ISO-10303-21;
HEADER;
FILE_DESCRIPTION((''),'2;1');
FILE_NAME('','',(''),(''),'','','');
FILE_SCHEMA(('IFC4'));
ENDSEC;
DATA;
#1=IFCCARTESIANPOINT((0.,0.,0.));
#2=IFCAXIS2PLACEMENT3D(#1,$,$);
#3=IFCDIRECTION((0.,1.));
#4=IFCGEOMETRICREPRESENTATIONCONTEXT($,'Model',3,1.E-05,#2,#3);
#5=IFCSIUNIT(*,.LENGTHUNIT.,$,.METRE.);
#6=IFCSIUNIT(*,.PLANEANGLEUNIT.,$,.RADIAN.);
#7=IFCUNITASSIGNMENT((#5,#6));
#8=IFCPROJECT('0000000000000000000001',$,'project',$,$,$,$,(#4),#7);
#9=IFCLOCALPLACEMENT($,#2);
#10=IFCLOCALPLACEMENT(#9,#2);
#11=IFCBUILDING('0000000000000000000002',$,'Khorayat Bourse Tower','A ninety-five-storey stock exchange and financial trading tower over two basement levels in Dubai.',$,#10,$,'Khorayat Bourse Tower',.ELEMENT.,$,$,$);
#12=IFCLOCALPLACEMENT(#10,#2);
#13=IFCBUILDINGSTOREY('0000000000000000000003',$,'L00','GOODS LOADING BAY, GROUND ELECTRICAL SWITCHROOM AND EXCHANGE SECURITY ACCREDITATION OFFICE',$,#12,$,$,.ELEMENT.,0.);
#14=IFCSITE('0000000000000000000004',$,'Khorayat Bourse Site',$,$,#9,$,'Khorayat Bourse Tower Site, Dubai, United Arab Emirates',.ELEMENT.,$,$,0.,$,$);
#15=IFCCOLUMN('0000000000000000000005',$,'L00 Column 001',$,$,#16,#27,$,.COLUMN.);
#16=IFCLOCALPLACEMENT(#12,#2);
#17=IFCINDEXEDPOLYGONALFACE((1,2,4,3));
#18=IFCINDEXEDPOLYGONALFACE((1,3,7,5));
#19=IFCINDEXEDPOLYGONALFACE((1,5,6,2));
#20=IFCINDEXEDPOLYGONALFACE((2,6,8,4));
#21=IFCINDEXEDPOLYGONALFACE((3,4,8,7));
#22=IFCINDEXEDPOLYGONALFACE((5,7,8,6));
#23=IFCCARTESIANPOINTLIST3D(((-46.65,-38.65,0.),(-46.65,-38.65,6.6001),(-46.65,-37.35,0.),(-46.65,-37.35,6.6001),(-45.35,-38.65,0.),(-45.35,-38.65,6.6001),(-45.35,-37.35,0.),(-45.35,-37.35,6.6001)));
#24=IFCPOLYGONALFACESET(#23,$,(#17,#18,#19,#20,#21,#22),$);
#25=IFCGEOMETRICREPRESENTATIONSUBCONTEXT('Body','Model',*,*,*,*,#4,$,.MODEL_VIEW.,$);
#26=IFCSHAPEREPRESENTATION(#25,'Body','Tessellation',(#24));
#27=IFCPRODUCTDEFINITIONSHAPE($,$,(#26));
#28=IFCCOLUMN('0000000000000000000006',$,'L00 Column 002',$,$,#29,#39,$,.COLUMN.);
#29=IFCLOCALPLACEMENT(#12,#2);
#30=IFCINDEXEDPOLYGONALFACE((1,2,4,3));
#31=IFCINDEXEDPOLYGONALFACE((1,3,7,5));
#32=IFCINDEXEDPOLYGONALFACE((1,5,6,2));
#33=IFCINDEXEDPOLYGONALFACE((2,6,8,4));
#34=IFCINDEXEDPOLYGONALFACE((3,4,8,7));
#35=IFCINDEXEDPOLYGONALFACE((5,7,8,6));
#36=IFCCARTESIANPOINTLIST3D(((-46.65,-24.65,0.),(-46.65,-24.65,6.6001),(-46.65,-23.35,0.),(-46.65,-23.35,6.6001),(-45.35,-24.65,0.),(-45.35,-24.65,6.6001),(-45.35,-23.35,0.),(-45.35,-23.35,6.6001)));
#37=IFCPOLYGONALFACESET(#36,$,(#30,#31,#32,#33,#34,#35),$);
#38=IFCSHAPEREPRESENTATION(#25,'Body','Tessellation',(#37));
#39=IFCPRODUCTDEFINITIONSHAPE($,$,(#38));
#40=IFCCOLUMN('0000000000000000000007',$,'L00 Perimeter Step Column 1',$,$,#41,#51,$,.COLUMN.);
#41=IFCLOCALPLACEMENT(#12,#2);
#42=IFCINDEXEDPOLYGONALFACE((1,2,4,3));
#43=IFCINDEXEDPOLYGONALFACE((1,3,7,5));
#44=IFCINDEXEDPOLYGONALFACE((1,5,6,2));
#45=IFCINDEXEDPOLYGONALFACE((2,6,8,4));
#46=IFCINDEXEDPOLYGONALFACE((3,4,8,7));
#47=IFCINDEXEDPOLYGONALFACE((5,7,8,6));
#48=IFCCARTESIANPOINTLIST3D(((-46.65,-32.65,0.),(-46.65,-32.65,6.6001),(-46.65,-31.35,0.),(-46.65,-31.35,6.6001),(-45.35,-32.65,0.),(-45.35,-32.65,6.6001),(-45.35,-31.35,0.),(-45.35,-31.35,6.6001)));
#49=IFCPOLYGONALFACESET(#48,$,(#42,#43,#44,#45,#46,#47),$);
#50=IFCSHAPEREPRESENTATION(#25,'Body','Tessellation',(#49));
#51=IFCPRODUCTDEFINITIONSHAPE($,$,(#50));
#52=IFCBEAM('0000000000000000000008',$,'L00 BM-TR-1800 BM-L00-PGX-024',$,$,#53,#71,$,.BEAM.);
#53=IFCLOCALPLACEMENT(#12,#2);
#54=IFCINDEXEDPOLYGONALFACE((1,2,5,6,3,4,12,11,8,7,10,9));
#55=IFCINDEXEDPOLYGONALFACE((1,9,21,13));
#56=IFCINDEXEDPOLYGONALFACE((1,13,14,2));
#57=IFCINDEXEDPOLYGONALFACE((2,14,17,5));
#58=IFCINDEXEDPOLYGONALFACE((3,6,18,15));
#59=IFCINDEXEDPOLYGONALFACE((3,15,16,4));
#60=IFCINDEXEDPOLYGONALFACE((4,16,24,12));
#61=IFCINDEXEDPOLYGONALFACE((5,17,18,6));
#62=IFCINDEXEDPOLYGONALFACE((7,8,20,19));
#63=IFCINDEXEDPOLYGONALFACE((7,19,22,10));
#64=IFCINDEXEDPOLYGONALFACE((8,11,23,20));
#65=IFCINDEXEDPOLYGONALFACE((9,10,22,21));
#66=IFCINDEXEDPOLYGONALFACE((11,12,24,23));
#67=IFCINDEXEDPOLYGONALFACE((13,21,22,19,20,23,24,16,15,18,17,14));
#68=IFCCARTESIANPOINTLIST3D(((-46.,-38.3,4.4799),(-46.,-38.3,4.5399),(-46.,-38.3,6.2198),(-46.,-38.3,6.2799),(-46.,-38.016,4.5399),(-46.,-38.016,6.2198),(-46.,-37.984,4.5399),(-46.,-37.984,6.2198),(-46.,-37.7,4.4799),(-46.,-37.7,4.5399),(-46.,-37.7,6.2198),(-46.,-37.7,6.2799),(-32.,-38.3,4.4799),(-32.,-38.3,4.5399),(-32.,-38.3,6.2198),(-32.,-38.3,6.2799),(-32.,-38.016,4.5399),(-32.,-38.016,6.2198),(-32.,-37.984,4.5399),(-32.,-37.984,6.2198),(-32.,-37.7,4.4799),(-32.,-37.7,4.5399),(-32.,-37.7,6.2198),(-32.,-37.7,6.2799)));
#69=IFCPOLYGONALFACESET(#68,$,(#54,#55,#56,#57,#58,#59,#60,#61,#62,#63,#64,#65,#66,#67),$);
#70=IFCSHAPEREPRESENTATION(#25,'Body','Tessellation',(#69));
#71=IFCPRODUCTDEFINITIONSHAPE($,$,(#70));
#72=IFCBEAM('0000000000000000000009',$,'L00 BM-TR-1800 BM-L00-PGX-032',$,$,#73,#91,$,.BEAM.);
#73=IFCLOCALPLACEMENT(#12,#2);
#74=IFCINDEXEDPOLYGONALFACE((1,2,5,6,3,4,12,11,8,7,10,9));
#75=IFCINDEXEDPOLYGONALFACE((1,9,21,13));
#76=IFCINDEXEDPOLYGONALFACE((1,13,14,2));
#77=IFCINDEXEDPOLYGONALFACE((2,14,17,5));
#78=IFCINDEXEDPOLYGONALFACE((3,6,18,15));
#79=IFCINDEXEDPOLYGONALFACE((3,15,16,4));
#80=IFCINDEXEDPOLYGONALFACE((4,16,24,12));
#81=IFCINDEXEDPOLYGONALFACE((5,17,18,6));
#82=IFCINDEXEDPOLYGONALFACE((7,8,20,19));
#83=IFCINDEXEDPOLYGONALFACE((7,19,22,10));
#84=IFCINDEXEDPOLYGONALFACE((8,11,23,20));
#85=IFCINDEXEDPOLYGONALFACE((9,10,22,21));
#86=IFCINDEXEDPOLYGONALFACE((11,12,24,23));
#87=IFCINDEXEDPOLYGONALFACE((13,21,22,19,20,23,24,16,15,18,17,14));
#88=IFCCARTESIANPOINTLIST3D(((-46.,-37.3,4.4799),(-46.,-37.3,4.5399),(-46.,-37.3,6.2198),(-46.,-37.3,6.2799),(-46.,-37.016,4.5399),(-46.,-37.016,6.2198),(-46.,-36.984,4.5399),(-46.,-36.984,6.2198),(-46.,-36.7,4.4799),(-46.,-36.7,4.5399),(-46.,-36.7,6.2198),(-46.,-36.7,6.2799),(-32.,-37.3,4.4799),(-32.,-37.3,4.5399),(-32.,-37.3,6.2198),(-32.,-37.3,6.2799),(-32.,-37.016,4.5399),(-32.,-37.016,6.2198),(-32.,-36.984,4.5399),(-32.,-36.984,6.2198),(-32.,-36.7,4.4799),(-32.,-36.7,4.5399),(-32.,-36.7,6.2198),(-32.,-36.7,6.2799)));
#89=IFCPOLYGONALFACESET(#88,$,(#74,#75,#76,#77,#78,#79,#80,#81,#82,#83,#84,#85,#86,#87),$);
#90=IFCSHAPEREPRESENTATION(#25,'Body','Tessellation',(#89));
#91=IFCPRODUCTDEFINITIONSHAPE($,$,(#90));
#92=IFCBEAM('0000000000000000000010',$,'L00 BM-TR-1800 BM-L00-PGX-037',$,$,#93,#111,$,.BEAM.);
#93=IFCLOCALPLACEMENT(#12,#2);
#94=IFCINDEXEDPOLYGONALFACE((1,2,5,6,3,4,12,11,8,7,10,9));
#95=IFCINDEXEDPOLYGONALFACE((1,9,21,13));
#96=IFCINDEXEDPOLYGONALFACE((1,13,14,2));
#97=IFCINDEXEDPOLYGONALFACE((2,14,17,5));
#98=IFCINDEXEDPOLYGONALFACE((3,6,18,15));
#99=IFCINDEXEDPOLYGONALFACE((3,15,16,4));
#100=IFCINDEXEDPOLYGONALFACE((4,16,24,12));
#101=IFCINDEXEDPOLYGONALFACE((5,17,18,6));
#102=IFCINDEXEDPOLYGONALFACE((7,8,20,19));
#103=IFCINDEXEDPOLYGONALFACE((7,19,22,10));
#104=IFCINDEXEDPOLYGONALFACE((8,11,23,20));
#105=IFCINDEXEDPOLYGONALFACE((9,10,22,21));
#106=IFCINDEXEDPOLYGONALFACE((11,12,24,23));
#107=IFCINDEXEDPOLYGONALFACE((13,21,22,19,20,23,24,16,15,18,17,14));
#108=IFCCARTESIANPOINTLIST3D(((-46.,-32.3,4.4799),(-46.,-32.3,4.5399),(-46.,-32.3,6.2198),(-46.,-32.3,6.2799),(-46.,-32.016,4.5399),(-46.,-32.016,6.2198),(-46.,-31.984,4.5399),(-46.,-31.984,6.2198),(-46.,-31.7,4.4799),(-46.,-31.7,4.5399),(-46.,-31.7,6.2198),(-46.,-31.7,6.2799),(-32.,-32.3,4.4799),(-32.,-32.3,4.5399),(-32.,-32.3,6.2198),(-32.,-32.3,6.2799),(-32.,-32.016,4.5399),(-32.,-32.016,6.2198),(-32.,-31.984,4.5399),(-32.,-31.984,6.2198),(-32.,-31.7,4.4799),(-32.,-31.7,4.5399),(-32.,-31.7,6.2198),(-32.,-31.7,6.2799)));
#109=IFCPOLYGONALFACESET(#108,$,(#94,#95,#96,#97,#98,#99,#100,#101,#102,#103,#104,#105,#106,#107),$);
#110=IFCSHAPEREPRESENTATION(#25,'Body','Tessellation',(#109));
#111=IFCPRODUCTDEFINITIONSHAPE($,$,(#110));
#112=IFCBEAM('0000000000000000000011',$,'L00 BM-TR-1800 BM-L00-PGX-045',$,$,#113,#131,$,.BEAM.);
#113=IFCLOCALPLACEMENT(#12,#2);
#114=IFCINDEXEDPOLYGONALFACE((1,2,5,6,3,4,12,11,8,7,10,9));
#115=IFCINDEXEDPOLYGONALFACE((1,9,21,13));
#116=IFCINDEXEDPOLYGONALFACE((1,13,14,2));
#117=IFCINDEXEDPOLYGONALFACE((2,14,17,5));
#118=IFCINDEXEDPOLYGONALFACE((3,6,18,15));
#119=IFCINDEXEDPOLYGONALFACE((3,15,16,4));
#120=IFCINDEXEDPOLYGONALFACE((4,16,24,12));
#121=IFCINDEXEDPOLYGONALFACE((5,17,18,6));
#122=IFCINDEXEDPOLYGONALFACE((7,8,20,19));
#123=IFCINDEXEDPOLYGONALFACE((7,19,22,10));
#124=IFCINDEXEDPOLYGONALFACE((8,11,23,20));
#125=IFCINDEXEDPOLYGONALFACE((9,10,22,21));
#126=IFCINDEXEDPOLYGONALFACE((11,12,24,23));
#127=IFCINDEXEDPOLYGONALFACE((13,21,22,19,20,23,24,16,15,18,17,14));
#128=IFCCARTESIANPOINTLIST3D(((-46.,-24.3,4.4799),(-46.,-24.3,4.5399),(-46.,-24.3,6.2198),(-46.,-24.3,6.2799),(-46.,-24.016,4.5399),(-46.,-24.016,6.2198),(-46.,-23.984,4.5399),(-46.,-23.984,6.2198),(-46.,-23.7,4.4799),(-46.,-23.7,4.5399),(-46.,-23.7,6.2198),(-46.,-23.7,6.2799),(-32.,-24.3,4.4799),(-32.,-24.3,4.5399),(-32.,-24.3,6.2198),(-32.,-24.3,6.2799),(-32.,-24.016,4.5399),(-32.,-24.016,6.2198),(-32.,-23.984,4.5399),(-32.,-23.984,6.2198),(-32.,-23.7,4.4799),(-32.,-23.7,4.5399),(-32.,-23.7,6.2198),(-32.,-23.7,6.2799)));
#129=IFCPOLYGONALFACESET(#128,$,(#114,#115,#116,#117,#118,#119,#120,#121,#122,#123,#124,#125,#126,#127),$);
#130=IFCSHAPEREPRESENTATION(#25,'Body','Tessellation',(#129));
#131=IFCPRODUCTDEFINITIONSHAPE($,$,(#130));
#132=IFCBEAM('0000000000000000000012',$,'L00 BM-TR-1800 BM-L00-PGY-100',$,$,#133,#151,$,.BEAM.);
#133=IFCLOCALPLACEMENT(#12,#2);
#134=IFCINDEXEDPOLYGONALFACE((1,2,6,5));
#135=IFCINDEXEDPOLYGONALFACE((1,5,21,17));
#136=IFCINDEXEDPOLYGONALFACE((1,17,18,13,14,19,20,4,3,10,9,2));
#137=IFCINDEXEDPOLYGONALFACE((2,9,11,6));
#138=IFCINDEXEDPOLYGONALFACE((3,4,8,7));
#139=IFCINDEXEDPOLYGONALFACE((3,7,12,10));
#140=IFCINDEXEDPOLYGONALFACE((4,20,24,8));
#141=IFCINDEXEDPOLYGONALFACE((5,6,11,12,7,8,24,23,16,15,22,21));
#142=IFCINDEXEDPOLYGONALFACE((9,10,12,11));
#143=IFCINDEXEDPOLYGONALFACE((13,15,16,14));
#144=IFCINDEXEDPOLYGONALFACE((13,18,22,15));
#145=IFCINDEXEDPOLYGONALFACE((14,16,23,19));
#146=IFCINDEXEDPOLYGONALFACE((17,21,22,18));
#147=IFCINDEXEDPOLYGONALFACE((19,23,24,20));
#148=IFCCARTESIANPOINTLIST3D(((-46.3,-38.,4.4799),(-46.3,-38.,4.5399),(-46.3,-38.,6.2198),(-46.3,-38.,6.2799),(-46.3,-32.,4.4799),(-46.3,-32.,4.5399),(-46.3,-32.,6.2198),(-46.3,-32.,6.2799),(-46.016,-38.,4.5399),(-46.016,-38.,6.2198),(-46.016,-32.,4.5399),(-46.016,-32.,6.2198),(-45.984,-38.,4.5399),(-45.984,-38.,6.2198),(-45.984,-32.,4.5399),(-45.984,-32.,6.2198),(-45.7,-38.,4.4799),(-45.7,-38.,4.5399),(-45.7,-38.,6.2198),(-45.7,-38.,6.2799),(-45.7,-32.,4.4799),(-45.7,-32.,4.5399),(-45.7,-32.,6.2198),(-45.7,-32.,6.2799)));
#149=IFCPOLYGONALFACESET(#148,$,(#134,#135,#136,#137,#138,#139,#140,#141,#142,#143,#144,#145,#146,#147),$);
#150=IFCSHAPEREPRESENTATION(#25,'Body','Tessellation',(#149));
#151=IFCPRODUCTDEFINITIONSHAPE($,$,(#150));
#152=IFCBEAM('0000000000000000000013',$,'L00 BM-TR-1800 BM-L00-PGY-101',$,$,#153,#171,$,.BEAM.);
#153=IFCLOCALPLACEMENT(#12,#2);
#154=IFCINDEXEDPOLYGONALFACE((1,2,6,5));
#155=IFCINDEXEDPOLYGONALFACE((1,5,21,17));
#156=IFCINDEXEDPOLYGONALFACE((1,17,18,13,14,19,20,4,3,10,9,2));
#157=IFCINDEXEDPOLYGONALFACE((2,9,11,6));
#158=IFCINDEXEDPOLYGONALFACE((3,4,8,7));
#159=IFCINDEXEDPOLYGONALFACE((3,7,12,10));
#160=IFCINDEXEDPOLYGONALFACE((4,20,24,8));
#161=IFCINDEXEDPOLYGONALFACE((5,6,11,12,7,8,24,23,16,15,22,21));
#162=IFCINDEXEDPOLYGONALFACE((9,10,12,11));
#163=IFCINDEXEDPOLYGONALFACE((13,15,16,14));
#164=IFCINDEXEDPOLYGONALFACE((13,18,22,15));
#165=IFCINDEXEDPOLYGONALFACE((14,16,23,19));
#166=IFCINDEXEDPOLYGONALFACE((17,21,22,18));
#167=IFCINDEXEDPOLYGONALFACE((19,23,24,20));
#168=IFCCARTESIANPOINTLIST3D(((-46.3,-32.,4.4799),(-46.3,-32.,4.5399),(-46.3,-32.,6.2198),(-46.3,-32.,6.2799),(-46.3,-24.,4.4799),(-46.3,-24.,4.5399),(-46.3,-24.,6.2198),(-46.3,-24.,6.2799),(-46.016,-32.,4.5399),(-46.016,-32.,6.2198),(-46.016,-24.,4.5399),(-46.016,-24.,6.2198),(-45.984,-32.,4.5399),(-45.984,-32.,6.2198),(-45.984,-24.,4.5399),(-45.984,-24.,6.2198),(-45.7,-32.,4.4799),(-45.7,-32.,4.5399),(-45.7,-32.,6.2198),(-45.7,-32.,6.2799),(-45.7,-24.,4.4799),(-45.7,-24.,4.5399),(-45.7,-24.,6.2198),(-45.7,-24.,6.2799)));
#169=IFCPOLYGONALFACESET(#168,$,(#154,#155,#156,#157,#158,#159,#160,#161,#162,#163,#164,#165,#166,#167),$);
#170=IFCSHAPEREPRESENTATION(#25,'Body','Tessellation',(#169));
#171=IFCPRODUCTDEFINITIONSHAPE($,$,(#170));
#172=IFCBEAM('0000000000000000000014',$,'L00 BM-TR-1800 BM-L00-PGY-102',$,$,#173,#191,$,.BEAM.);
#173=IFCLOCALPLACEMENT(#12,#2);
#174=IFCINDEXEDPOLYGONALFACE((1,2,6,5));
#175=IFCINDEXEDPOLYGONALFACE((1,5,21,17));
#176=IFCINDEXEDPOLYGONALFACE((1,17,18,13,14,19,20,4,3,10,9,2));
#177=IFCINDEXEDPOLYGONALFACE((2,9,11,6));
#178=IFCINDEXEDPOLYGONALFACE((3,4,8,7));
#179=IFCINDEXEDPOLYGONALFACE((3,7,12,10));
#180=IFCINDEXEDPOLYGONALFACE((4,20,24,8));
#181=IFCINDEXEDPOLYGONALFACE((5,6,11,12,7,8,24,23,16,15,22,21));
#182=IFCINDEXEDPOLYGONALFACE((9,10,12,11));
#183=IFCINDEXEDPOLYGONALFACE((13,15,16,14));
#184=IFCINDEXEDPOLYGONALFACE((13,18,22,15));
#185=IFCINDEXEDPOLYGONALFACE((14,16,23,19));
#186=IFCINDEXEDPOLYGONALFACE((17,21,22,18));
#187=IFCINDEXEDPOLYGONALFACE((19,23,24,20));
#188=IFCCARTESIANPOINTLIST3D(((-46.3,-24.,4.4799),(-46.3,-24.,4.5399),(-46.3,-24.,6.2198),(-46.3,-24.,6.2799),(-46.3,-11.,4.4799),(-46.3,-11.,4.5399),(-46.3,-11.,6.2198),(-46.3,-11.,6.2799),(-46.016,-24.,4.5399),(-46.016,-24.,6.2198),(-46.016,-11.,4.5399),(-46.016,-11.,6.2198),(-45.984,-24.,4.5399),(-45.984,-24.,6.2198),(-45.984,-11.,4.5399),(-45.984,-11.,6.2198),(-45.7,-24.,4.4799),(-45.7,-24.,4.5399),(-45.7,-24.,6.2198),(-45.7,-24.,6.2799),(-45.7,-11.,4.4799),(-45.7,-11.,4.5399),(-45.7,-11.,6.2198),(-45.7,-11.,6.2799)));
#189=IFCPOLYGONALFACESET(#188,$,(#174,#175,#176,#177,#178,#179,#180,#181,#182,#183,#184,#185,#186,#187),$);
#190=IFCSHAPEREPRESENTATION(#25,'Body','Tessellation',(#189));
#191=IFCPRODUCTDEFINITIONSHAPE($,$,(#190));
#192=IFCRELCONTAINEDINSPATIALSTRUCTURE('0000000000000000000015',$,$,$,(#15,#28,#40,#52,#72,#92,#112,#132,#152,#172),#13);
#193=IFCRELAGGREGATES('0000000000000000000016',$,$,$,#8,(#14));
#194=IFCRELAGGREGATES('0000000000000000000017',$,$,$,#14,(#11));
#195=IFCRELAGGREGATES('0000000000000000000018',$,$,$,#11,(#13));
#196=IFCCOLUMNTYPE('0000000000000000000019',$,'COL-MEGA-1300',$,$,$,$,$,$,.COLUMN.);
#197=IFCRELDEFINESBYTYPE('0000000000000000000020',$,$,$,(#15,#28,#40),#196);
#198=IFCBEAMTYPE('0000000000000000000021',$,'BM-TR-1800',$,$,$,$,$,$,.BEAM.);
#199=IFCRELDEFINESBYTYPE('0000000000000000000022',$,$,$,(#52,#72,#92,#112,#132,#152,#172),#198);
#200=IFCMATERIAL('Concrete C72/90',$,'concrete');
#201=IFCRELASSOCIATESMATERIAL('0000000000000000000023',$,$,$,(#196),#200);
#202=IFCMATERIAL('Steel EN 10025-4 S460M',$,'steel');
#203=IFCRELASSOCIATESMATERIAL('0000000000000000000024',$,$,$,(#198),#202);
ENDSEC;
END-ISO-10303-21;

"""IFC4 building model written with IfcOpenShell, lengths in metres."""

from ifc_helpers import new_model, si_unit, direction, frame, origin, origin_2d, place, context, subcontext, project, spatial, rectangle, i_section, extrude, source, transform, mapped, material, material_profile, profile_set, type_object, element, save


model = new_model("IFC4")

# Units and contexts
model_context = context("Model", 3, precision=1e-05, world=origin(), true_north=direction((0.0, 1.0)))
body_context = subcontext(model_context, "Body", "Model", "MODEL_VIEW")
ifc_project = project(units=[si_unit("LENGTHUNIT", "METRE"), si_unit("PLANEANGLEUNIT", "RADIAN")], contexts=[model_context])

# Site, building, storey
site_placement = place(None, origin())
site = spatial("IfcSite", under=ifc_project, at=site_placement, Name="Khorayat Bourse Site", LongName="Khorayat Bourse Tower Site, Dubai, United Arab Emirates", CompositionType="ELEMENT", RefElevation=0.0)
building_placement = place(site_placement, origin())
building = spatial("IfcBuilding", under=site, at=building_placement, Name="Khorayat Bourse Tower", Description="A ninety-five-storey stock exchange and financial trading tower over two basement levels in Dubai.", LongName="Khorayat Bourse Tower", CompositionType="ELEMENT")
storey_placement = place(building_placement, origin())
storey = spatial("IfcBuildingStorey", under=building, at=storey_placement, Name="L00", Description="GOODS LOADING BAY, GROUND ELECTRICAL SWITCHROOM AND EXCHANGE SECURITY ACCREDITATION OFFICE", CompositionType="ELEMENT", Elevation=0.0)

# Columns
ifc_material_1 = material(Name="Concrete C72/90", Category="concrete")
ifc_material_profile_1 = material_profile(ifc_material_1, rectangle(XDim=1.3, YDim=1.3, at=origin_2d()), Name="RC 1300x1300")
ifc_profile_set_1 = profile_set([ifc_material_profile_1], Name="Concrete C72/90")
column_type = type_object("IfcColumnType", Name="COL-MEGA-1300", PredefinedType="COLUMN", material=ifc_profile_set_1)
shared_shape_1 = source(origin(), body_context, "Body", "SweptSolid", [
    extrude(rectangle(XDim=1.3, YDim=1.3, at=origin_2d()), origin(), (0.0, 0.0, 1.0), 6.6001),
])
for number, where, z_axis, x_axis, name in (
    (1, (-46.0, -38.0, 0.0), (0.0, 0.0, 1.0), (1.0, 0.0, 0.0), "L00 Column 001"),
    (2, (-46.0, -24.0, 0.0), (0.0, 0.0, 1.0), (1.0, 0.0, 0.0), "L00 Column 002"),
    (3, (-46.0, -32.0, 0.0), (0.0, 0.0, 1.0), (1.0, 0.0, 0.0), "L00 Perimeter Step Column 1"),
):
    element("IfcColumn", number, at=place(storey_placement, frame(where, z_axis=z_axis, x_axis=x_axis)), inside=storey, type_object=column_type, Name=name, PredefinedType="COLUMN", context=body_context, shape_type="MappedRepresentation", body=[
        mapped(shared_shape_1, transform((0.0, 0.0, 0.0), scale=1.0)),
    ])

# Beams
ifc_material_2 = material(Name="Steel EN 10025-4 S460M", Category="steel")
ifc_material_profile_2 = material_profile(ifc_material_2, i_section(OverallWidth=0.6001, OverallDepth=1.8, WebThickness=0.032, FlangeThickness=0.0601, at=origin_2d()), Name="PG 1800x600x32x60")
ifc_profile_set_2 = profile_set([ifc_material_profile_2], Name="Steel EN 10025-4 S460M")
beam_type_1 = type_object("IfcBeamType", Name="BM-TR-1800", PredefinedType="BEAM", material=ifc_profile_set_2)
shared_shape_2 = source(origin(), body_context, "Body", "SweptSolid", [
    extrude(i_section(OverallWidth=0.6001, OverallDepth=1.8, WebThickness=0.032, FlangeThickness=0.0601, at=origin_2d()), origin(), (0.0, 0.0, 1.0), 14.0),
])
for number, where, z_axis, x_axis, name in (
    (4, (-46.0, -38.0, 5.3799), (1.0, 0.0, 0.0), (0.0, 1.0, 0.0), "L00 BM-TR-1800 BM-L00-PGX-024"),
    (5, (-46.0, -37.0, 5.3799), (1.0, 0.0, 0.0), (0.0, 1.0, 0.0), "L00 BM-TR-1800 BM-L00-PGX-032"),
    (6, (-46.0, -32.0, 5.3799), (1.0, 0.0, 0.0), (0.0, 1.0, 0.0), "L00 BM-TR-1800 BM-L00-PGX-037"),
    (7, (-46.0, -24.0, 5.3799), (1.0, 0.0, 0.0), (0.0, 1.0, 0.0), "L00 BM-TR-1800 BM-L00-PGX-045"),
):
    element("IfcBeam", number, at=place(storey_placement, frame(where, z_axis=z_axis, x_axis=x_axis)), inside=storey, type_object=beam_type_1, Name=name, PredefinedType="BEAM", context=body_context, shape_type="MappedRepresentation", body=[
        mapped(shared_shape_2, transform((0.0, 0.0, 0.0), scale=1.0)),
    ])
shared_shape_3 = source(origin(), body_context, "Body", "SweptSolid", [
    extrude(i_section(OverallWidth=0.6001, OverallDepth=1.8, WebThickness=0.032, FlangeThickness=0.0601, at=origin_2d()), origin(), (0.0, 0.0, 1.0), 6.0),
])
beam_1_placement = place(storey_placement, frame((-46.0, -38.0, 5.3799), z_axis=(0.0, 1.0, 0.0), x_axis=(-1.0, 0.0, 0.0)))
element("IfcBeam", 8, at=beam_1_placement, inside=storey, type_object=beam_type_1, Name="L00 BM-TR-1800 BM-L00-PGY-100", PredefinedType="BEAM", context=body_context, shape_type="MappedRepresentation", body=[
    mapped(shared_shape_3, transform((0.0, 0.0, 0.0), scale=1.0)),
])
shared_shape_4 = source(origin(), body_context, "Body", "SweptSolid", [
    extrude(i_section(OverallWidth=0.6001, OverallDepth=1.8, WebThickness=0.032, FlangeThickness=0.0601, at=origin_2d()), origin(), (0.0, 0.0, 1.0), 8.0),
])
beam_2_placement = place(storey_placement, frame((-46.0, -32.0, 5.3799), z_axis=(0.0, 1.0, 0.0), x_axis=(-1.0, 0.0, 0.0)))
element("IfcBeam", 9, at=beam_2_placement, inside=storey, type_object=beam_type_1, Name="L00 BM-TR-1800 BM-L00-PGY-101", PredefinedType="BEAM", context=body_context, shape_type="MappedRepresentation", body=[
    mapped(shared_shape_4, transform((0.0, 0.0, 0.0), scale=1.0)),
])
shared_shape_5 = source(origin(), body_context, "Body", "SweptSolid", [
    extrude(i_section(OverallWidth=0.6001, OverallDepth=1.8, WebThickness=0.032, FlangeThickness=0.0601, at=origin_2d()), origin(), (0.0, 0.0, 1.0), 13.0),
])
beam_3_placement = place(storey_placement, frame((-46.0, -24.0, 5.3799), z_axis=(0.0, 1.0, 0.0), x_axis=(-1.0, 0.0, 0.0)))
element("IfcBeam", 10, at=beam_3_placement, inside=storey, type_object=beam_type_1, Name="L00 BM-TR-1800 BM-L00-PGY-102", PredefinedType="BEAM", context=body_context, shape_type="MappedRepresentation", body=[
    mapped(shared_shape_5, transform((0.0, 0.0, 0.0), scale=1.0)),
])

save(model, "model.ifc")
